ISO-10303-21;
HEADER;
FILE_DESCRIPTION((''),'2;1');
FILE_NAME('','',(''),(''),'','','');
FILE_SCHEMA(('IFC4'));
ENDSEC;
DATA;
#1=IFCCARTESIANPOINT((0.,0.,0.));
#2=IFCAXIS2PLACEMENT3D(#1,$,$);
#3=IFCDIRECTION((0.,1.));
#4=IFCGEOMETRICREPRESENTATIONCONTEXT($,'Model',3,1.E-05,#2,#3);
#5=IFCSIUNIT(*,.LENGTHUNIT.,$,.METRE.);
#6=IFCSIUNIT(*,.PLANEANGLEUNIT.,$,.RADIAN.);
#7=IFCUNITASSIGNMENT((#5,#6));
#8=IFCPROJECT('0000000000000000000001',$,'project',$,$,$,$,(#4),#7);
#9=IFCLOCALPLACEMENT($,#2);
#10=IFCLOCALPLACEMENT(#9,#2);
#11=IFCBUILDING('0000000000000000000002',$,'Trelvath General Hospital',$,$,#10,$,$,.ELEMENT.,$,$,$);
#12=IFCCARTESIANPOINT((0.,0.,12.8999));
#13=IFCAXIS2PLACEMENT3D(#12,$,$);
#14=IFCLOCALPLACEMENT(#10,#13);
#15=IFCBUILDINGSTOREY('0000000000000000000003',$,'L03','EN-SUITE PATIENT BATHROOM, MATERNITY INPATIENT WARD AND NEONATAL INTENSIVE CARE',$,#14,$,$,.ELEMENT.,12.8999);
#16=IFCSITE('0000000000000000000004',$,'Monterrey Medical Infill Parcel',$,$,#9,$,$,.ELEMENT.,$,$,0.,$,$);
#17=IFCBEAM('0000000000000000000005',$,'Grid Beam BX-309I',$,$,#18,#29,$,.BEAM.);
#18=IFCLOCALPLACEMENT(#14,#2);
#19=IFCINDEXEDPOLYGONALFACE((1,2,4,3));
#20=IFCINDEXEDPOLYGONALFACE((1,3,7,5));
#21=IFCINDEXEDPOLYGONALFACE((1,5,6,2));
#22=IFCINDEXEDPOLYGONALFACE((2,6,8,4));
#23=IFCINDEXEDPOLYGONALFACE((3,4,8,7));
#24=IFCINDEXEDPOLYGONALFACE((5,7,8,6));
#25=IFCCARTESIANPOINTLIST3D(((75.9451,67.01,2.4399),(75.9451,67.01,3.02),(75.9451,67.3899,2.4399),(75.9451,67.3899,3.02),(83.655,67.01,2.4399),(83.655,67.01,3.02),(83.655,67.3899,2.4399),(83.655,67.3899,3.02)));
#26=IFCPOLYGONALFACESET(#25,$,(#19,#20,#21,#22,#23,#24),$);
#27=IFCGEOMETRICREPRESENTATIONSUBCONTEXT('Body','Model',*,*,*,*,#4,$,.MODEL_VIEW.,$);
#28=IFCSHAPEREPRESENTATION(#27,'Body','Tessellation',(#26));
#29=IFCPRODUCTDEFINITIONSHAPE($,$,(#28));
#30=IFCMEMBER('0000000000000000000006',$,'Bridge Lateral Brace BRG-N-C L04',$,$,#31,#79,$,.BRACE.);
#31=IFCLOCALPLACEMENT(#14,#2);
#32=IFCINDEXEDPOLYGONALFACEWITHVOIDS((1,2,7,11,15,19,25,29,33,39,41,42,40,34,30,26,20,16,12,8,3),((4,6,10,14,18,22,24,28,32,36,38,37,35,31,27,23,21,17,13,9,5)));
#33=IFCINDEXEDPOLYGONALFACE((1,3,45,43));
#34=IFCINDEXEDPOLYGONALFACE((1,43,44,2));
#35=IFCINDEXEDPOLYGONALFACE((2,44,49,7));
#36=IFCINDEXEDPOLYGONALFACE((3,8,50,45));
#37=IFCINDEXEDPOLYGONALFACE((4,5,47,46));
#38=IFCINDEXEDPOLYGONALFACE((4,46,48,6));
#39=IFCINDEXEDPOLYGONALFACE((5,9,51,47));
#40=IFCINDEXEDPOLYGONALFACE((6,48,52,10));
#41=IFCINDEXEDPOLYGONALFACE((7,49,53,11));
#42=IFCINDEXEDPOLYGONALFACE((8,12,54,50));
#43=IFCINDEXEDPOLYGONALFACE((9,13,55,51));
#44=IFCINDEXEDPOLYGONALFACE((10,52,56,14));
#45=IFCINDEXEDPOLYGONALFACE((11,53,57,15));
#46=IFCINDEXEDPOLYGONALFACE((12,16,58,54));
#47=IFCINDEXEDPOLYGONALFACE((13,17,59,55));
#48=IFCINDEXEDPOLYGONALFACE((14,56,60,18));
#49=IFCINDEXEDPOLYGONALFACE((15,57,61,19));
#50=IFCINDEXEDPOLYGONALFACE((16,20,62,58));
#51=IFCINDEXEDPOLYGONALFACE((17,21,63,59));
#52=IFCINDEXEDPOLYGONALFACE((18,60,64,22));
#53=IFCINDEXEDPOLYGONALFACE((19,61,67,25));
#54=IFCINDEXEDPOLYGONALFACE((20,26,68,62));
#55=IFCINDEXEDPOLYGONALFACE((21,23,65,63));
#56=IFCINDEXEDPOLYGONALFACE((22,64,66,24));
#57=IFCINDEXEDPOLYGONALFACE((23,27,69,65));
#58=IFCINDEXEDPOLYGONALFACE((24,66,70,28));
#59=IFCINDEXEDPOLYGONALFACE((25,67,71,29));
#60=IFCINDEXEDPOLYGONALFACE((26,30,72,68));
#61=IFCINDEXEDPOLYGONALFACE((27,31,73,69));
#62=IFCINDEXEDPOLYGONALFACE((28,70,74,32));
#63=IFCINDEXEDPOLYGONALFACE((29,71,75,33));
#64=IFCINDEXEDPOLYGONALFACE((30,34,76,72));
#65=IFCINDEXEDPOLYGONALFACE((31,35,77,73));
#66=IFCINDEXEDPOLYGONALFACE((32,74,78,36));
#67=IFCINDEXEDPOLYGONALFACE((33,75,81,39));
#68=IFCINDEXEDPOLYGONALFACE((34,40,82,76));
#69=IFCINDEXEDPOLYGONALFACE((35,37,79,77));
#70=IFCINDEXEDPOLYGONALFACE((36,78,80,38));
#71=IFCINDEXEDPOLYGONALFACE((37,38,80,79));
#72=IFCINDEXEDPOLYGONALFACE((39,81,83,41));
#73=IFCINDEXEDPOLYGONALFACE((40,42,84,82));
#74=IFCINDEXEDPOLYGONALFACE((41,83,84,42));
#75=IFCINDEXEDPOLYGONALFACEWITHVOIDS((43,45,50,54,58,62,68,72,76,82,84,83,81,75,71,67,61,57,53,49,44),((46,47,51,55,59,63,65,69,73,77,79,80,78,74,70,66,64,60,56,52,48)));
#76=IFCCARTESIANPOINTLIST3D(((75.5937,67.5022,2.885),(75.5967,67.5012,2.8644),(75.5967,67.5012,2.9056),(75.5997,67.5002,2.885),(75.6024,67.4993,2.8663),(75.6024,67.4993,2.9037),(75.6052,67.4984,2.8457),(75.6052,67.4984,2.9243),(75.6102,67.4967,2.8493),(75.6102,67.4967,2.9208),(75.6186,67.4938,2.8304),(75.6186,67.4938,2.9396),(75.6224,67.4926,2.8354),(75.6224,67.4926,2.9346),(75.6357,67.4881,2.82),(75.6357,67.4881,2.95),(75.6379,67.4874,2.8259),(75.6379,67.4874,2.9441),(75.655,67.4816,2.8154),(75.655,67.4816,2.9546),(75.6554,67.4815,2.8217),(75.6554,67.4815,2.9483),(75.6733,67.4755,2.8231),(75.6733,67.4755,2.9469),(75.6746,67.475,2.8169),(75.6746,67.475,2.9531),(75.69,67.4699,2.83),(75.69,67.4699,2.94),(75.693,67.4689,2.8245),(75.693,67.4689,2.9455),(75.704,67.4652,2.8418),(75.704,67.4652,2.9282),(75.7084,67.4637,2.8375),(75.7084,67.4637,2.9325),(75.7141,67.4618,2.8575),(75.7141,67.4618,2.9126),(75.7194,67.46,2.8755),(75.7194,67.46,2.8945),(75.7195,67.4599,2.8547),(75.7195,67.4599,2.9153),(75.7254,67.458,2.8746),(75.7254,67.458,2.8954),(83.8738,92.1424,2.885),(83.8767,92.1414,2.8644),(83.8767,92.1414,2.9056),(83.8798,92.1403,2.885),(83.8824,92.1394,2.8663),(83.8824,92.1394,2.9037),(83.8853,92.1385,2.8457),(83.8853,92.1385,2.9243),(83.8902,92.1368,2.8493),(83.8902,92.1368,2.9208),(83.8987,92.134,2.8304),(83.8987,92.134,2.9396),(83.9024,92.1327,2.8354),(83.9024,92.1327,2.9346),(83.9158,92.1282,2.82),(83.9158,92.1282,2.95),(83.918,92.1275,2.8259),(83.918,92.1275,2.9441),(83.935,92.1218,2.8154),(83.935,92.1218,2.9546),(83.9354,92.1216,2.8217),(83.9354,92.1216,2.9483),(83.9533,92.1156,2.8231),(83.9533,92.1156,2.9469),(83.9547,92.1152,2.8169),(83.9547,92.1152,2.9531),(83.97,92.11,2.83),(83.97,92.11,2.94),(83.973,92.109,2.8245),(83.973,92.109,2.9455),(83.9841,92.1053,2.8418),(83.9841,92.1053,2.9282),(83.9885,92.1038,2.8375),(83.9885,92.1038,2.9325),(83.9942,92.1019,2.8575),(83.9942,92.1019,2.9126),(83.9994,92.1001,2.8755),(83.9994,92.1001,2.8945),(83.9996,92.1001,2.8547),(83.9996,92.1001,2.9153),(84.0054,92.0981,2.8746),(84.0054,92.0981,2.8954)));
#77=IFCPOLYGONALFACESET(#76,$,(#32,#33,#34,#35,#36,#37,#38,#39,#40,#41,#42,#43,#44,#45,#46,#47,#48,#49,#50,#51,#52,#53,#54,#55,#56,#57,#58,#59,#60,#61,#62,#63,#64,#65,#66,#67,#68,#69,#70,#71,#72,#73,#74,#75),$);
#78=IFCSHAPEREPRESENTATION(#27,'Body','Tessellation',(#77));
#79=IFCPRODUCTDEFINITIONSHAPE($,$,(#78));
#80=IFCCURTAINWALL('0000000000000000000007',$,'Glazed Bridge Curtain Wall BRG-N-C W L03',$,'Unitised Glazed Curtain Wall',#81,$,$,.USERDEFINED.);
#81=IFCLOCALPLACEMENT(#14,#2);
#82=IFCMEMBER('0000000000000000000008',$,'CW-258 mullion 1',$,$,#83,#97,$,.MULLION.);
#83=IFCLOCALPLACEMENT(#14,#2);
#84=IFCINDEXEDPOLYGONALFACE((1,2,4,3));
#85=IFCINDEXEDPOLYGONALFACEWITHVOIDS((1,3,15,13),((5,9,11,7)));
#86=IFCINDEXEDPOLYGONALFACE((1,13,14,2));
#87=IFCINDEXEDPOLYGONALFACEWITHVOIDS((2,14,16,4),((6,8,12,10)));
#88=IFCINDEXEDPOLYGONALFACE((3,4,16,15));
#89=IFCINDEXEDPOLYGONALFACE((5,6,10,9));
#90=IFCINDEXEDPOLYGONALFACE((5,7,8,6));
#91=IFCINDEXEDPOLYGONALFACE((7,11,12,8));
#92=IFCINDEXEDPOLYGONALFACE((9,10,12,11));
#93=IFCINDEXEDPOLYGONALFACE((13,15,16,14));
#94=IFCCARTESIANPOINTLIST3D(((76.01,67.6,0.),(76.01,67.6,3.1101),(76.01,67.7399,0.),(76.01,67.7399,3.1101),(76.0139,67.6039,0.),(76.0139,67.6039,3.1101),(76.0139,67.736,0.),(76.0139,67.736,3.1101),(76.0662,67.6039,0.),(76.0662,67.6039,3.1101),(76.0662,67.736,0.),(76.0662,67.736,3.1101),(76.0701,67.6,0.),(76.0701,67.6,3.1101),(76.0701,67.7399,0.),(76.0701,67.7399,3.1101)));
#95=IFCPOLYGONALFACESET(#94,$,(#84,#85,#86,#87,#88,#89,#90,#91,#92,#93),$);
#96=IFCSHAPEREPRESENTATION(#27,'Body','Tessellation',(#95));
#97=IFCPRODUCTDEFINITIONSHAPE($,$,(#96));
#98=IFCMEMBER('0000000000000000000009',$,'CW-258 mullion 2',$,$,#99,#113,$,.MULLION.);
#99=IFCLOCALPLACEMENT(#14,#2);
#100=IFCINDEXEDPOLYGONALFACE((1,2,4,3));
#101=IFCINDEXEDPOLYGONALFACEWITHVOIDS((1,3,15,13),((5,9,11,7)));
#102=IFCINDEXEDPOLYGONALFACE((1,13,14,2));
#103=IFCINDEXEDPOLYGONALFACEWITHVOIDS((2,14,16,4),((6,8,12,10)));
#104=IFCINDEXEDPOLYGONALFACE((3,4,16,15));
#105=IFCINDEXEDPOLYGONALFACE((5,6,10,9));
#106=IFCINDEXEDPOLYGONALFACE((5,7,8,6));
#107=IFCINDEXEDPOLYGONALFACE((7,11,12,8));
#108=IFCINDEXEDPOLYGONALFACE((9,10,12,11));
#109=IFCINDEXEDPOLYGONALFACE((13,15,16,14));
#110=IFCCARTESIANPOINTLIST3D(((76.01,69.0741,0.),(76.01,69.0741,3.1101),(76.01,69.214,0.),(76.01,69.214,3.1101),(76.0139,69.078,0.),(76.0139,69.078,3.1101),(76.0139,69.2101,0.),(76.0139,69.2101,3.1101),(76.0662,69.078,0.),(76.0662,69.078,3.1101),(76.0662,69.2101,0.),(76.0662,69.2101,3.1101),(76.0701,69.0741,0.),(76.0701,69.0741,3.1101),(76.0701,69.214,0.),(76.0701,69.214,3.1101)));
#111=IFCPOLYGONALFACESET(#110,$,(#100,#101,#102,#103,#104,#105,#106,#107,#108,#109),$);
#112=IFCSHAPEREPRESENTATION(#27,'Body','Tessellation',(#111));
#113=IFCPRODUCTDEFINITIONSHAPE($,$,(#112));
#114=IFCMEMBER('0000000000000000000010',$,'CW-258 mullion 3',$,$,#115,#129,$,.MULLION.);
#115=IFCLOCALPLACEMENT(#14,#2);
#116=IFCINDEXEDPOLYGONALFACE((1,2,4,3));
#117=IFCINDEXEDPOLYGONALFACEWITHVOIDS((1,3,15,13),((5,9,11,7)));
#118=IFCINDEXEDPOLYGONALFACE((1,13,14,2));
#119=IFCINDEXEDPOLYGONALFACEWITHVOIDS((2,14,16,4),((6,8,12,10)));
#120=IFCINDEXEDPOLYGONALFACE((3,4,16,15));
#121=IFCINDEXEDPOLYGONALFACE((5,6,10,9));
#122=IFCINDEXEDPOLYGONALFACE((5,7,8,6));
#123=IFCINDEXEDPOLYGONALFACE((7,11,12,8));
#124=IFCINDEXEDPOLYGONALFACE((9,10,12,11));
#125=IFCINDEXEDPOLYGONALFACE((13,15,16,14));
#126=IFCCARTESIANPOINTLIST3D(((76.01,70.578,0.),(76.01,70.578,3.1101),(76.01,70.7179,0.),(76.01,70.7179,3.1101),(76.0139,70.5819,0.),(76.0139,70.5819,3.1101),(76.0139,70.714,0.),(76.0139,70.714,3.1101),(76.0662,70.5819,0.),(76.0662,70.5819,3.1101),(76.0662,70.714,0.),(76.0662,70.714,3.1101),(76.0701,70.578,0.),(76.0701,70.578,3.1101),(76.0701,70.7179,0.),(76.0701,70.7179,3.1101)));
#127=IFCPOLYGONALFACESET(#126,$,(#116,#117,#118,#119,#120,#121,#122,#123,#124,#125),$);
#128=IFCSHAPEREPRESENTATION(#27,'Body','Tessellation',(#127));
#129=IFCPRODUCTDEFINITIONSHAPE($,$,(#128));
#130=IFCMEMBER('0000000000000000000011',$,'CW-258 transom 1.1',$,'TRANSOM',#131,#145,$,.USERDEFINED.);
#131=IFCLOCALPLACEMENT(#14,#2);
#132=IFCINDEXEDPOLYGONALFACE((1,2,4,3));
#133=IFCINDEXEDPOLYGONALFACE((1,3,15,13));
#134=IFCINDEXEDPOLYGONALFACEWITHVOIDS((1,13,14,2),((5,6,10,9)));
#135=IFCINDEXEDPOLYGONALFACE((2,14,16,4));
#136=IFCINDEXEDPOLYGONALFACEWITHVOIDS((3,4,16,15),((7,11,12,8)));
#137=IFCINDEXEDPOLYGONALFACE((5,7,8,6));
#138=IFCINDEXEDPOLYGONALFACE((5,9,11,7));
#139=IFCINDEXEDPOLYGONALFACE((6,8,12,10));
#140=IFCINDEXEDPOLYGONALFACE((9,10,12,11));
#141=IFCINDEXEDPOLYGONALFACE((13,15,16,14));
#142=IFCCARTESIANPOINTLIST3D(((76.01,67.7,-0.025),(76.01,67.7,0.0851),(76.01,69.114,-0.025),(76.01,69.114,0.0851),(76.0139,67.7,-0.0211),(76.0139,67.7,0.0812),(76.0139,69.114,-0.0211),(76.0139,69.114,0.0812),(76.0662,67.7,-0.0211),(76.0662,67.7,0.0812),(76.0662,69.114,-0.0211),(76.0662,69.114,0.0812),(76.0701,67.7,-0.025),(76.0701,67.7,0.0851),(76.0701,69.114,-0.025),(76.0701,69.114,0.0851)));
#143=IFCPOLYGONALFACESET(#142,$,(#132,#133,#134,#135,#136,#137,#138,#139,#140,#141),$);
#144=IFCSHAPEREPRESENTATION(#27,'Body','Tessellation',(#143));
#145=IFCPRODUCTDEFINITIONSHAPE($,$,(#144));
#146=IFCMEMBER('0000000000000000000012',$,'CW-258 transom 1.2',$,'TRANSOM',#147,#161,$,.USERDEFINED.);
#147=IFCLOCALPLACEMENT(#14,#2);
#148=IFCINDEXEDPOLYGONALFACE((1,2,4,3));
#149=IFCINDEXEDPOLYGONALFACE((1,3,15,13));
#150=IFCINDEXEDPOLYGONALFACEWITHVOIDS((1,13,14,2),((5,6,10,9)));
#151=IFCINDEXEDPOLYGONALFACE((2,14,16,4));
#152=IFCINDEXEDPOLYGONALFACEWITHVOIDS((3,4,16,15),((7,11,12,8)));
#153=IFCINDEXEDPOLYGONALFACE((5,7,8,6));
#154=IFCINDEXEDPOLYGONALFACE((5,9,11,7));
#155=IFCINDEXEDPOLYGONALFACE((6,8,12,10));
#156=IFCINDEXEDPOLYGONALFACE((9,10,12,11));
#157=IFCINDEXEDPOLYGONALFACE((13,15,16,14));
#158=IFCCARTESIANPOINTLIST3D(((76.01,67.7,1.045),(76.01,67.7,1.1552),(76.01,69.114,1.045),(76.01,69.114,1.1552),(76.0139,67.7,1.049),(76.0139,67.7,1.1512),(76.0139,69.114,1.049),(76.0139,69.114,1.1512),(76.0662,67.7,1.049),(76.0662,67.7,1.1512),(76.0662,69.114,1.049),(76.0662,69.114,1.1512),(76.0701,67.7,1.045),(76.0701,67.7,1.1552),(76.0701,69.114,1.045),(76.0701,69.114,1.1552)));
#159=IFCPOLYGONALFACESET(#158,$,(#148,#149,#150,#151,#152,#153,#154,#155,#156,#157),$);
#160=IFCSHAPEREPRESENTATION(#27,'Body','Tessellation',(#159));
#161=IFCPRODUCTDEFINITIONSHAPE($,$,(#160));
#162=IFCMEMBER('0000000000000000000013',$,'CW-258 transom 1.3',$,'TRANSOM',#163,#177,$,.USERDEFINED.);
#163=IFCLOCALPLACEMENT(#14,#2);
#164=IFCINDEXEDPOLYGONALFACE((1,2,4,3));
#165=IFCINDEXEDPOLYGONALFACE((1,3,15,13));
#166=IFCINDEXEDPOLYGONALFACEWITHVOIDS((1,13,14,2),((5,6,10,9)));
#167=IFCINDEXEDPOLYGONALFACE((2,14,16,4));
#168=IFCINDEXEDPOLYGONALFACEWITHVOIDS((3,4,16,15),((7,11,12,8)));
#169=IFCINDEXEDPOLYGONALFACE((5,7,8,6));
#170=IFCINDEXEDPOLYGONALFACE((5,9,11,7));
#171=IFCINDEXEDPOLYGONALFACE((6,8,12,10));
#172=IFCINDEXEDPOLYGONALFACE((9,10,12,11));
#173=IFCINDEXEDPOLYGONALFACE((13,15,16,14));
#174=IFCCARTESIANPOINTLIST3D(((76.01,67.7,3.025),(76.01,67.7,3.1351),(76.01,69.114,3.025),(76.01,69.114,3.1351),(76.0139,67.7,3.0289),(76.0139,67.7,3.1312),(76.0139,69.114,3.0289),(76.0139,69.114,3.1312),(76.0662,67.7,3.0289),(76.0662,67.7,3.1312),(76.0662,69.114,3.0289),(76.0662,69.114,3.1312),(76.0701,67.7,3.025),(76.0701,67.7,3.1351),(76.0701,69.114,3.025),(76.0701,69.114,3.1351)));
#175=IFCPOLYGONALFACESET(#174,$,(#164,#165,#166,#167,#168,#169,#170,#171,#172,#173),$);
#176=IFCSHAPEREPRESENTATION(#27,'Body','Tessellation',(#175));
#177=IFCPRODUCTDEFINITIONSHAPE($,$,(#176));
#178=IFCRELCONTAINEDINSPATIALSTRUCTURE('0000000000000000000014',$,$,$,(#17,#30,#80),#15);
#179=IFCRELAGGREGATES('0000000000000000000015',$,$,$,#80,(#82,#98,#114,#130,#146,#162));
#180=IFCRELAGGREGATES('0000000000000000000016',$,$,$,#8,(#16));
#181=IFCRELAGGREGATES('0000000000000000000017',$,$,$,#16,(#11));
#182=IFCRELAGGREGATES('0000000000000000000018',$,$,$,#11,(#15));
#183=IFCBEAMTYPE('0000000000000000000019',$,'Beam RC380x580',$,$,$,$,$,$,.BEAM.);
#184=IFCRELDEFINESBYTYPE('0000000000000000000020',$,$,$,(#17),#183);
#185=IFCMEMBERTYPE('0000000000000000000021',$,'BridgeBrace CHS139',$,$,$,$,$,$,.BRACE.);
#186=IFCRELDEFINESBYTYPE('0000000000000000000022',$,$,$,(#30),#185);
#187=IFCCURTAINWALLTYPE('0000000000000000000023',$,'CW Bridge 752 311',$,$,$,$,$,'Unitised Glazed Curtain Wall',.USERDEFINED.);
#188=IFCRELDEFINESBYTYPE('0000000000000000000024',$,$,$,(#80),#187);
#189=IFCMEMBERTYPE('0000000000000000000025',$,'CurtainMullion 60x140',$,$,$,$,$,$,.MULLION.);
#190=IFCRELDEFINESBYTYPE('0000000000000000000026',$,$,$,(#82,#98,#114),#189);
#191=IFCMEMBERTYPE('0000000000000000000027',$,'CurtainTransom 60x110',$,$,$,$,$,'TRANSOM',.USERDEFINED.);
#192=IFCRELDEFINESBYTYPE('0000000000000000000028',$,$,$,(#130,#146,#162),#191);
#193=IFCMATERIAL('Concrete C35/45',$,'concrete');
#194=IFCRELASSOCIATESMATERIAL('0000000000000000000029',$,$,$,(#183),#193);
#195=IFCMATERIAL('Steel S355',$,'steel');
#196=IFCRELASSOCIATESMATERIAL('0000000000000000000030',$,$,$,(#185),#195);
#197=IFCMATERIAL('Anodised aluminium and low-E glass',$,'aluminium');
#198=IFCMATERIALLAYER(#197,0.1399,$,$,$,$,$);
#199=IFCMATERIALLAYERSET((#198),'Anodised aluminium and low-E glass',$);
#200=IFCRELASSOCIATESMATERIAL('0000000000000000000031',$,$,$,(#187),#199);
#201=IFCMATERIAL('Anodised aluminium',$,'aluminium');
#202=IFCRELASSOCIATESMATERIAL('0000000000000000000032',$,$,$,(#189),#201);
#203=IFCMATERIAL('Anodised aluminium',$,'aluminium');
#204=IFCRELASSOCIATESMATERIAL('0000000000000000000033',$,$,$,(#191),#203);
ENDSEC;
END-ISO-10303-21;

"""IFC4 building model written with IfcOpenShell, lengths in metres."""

from ifc_helpers import new_model, si_unit, direction, frame, origin, origin_2d, place, context, subcontext, project, spatial, rectangle, hollow_rectangle, hollow_circle, extrude, material, layer, layer_set, material_profile, profile_set, type_object, element, aggregate, save


model = new_model("IFC4")

# Units and contexts
model_context = context("Model", 3, precision=1e-05, world=origin(), true_north=direction((0.0, 1.0)))
body_context = subcontext(model_context, "Body", "Model", "MODEL_VIEW")
ifc_project = project(units=[si_unit("LENGTHUNIT", "METRE"), si_unit("PLANEANGLEUNIT", "RADIAN")], contexts=[model_context])

# Site, building, storey
site_placement = place(None, origin())
site = spatial("IfcSite", under=ifc_project, at=site_placement, Name="Monterrey Medical Infill Parcel", CompositionType="ELEMENT", RefElevation=0.0)
building_placement = place(site_placement, origin())
building = spatial("IfcBuilding", under=site, at=building_placement, Name="Trelvath General Hospital", CompositionType="ELEMENT")
storey_placement = place(building_placement, frame((0.0, 0.0, 12.8999)))
storey = spatial("IfcBuildingStorey", under=building, at=storey_placement, Name="L03", Description="EN-SUITE PATIENT BATHROOM, MATERNITY INPATIENT WARD AND NEONATAL INTENSIVE CARE", CompositionType="ELEMENT", Elevation=12.8999)

# Beam
ifc_material_1 = material(Name="Concrete C35/45", Category="concrete")
ifc_material_profile_1 = material_profile(ifc_material_1, rectangle(XDim=0.3799, YDim=0.5801, at=origin_2d()), Name="RCB380x580")
ifc_profile_set_1 = profile_set([ifc_material_profile_1], Name="Concrete C35/45")
beam_type = type_object("IfcBeamType", Name="Beam RC380x580", PredefinedType="BEAM", material=ifc_profile_set_1)
beam_placement = place(storey_placement, frame((75.9451, 67.2, 2.73), z_axis=(1.0, 0.0, 0.0), x_axis=(0.0, 1.0, 0.0)))
element("IfcBeam", 1, at=beam_placement, inside=storey, type_object=beam_type, Name="Grid Beam BX-309I", PredefinedType="BEAM", context=body_context, shape_type="SweptSolid", body=[
    extrude(rectangle(XDim=0.3799, YDim=0.5801, at=origin_2d()), origin(), (0.0, 0.0, 1.0), 7.71),
])

# Member
ifc_material_2 = material(Name="Steel S355", Category="steel")
ifc_material_profile_2 = material_profile(ifc_material_2, hollow_circle(Radius=0.0698, WallThickness=0.0063, at=origin_2d()), Name="CHS139.7x6.3")
ifc_profile_set_2 = profile_set([ifc_material_profile_2], Name="Steel S355")
member_type_1 = type_object("IfcMemberType", Name="BridgeBrace CHS139", PredefinedType="BRACE", material=ifc_profile_set_2)
member_1_placement = place(storey_placement, frame((75.6599, 67.48, 2.885), z_axis=(0.318534, 0.947911, 0.0), x_axis=(-0.947911, 0.318534, 0.0)))
element("IfcMember", 2, at=member_1_placement, inside=storey, type_object=member_type_1, Name="Bridge Lateral Brace BRG-N-C L04", PredefinedType="BRACE", context=body_context, shape_type="SweptSolid", body=[
    extrude(hollow_circle(Radius=0.0698, WallThickness=0.0063, at=origin_2d()), origin(), (0.0, 0.0, 1.0), 25.9941),
])

# Curtain wall, members
ifc_material_3 = material(Name="Anodised aluminium and low-E glass", Category="aluminium")
ifc_layer_1 = layer(ifc_material_3, 0.1399)
ifc_layer_set_1 = layer_set([ifc_layer_1], Name="Anodised aluminium and low-E glass")
curtain_wall_type = type_object("IfcCurtainWallType", Name="CW Bridge 752 311", ElementType="Unitised Glazed Curtain Wall", PredefinedType="USERDEFINED", material=ifc_layer_set_1)
curtain_wall_placement = place(storey_placement, origin())
curtain_wall = element("IfcCurtainWall", 3, at=curtain_wall_placement, inside=storey, type_object=curtain_wall_type, Name="Glazed Bridge Curtain Wall BRG-N-C W L03", ObjectType="Unitised Glazed Curtain Wall", PredefinedType="USERDEFINED")
ifc_material_4 = material(Name="Anodised aluminium", Category="aluminium")
ifc_material_profile_3 = material_profile(ifc_material_4, hollow_rectangle(XDim=0.0601, YDim=0.1399, WallThickness=0.0039, at=origin_2d()), Name="RHS60x140x4")
ifc_profile_set_3 = profile_set([ifc_material_profile_3], Name="Anodised aluminium")
member_type_2 = type_object("IfcMemberType", Name="CurtainMullion 60x140", PredefinedType="MULLION", material=ifc_profile_set_3)
member_2_placement = place(storey_placement, frame((76.04, 67.6699, 0.0), z_axis=(0.0, 0.0, 1.0), x_axis=(-1.0, 0.0, 0.0)))
member_2 = element("IfcMember", 4, at=member_2_placement, type_object=member_type_2, Name="CW-258 mullion 1", PredefinedType="MULLION", context=body_context, shape_type="SweptSolid", body=[
    extrude(hollow_rectangle(XDim=0.0601, YDim=0.1399, WallThickness=0.0039, at=origin_2d()), origin(), (0.0, 0.0, 1.0), 3.1101),
])
member_3_placement = place(storey_placement, frame((76.04, 69.144, 0.0), z_axis=(0.0, 0.0, 1.0), x_axis=(-1.0, 0.0, 0.0)))
member_3 = element("IfcMember", 5, at=member_3_placement, type_object=member_type_2, Name="CW-258 mullion 2", PredefinedType="MULLION", context=body_context, shape_type="SweptSolid", body=[
    extrude(hollow_rectangle(XDim=0.0601, YDim=0.1399, WallThickness=0.0039, at=origin_2d()), origin(), (0.0, 0.0, 1.0), 3.1101),
])
member_4_placement = place(storey_placement, frame((76.04, 70.6479, 0.0), z_axis=(0.0, 0.0, 1.0), x_axis=(-1.0, 0.0, 0.0)))
member_4 = element("IfcMember", 6, at=member_4_placement, type_object=member_type_2, Name="CW-258 mullion 3", PredefinedType="MULLION", context=body_context, shape_type="SweptSolid", body=[
    extrude(hollow_rectangle(XDim=0.0601, YDim=0.1399, WallThickness=0.0039, at=origin_2d()), origin(), (0.0, 0.0, 1.0), 3.1101),
])
ifc_material_5 = material(Name="Anodised aluminium", Category="aluminium")
ifc_material_profile_4 = material_profile(ifc_material_5, hollow_rectangle(XDim=0.0601, YDim=0.1101, WallThickness=0.0039, at=origin_2d()), Name="RHS60x110x4")
ifc_profile_set_4 = profile_set([ifc_material_profile_4], Name="Anodised aluminium")
member_type_3 = type_object("IfcMemberType", Name="CurtainTransom 60x110", ElementType="TRANSOM", PredefinedType="USERDEFINED", material=ifc_profile_set_4)
member_5_placement = place(storey_placement, frame((76.04, 67.7, 0.03), z_axis=(0.0, 1.0, 0.0), x_axis=(-1.0, 0.0, 0.0)))
member_5 = element("IfcMember", 7, at=member_5_placement, type_object=member_type_3, Name="CW-258 transom 1.1", ObjectType="TRANSOM", PredefinedType="USERDEFINED", context=body_context, shape_type="SweptSolid", body=[
    extrude(hollow_rectangle(XDim=0.0601, YDim=0.1101, WallThickness=0.0039, at=origin_2d()), origin(), (0.0, 0.0, 1.0), 1.4141),
])
member_6_placement = place(storey_placement, frame((76.04, 67.7, 1.1001), z_axis=(0.0, 1.0, 0.0), x_axis=(-1.0, 0.0, 0.0)))
member_6 = element("IfcMember", 8, at=member_6_placement, type_object=member_type_3, Name="CW-258 transom 1.2", ObjectType="TRANSOM", PredefinedType="USERDEFINED", context=body_context, shape_type="SweptSolid", body=[
    extrude(hollow_rectangle(XDim=0.0601, YDim=0.1101, WallThickness=0.0039, at=origin_2d()), origin(), (0.0, 0.0, 1.0), 1.4141),
])
member_7_placement = place(storey_placement, frame((76.04, 67.7, 3.0801), z_axis=(0.0, 1.0, 0.0), x_axis=(-1.0, 0.0, 0.0)))
member_7 = element("IfcMember", 9, at=member_7_placement, type_object=member_type_3, Name="CW-258 transom 1.3", ObjectType="TRANSOM", PredefinedType="USERDEFINED", context=body_context, shape_type="SweptSolid", body=[
    extrude(hollow_rectangle(XDim=0.0601, YDim=0.1101, WallThickness=0.0039, at=origin_2d()), origin(), (0.0, 0.0, 1.0), 1.4141),
])
aggregate(curtain_wall, [member_2, member_3, member_4, member_5, member_6, member_7])

save(model, "model.ifc")
